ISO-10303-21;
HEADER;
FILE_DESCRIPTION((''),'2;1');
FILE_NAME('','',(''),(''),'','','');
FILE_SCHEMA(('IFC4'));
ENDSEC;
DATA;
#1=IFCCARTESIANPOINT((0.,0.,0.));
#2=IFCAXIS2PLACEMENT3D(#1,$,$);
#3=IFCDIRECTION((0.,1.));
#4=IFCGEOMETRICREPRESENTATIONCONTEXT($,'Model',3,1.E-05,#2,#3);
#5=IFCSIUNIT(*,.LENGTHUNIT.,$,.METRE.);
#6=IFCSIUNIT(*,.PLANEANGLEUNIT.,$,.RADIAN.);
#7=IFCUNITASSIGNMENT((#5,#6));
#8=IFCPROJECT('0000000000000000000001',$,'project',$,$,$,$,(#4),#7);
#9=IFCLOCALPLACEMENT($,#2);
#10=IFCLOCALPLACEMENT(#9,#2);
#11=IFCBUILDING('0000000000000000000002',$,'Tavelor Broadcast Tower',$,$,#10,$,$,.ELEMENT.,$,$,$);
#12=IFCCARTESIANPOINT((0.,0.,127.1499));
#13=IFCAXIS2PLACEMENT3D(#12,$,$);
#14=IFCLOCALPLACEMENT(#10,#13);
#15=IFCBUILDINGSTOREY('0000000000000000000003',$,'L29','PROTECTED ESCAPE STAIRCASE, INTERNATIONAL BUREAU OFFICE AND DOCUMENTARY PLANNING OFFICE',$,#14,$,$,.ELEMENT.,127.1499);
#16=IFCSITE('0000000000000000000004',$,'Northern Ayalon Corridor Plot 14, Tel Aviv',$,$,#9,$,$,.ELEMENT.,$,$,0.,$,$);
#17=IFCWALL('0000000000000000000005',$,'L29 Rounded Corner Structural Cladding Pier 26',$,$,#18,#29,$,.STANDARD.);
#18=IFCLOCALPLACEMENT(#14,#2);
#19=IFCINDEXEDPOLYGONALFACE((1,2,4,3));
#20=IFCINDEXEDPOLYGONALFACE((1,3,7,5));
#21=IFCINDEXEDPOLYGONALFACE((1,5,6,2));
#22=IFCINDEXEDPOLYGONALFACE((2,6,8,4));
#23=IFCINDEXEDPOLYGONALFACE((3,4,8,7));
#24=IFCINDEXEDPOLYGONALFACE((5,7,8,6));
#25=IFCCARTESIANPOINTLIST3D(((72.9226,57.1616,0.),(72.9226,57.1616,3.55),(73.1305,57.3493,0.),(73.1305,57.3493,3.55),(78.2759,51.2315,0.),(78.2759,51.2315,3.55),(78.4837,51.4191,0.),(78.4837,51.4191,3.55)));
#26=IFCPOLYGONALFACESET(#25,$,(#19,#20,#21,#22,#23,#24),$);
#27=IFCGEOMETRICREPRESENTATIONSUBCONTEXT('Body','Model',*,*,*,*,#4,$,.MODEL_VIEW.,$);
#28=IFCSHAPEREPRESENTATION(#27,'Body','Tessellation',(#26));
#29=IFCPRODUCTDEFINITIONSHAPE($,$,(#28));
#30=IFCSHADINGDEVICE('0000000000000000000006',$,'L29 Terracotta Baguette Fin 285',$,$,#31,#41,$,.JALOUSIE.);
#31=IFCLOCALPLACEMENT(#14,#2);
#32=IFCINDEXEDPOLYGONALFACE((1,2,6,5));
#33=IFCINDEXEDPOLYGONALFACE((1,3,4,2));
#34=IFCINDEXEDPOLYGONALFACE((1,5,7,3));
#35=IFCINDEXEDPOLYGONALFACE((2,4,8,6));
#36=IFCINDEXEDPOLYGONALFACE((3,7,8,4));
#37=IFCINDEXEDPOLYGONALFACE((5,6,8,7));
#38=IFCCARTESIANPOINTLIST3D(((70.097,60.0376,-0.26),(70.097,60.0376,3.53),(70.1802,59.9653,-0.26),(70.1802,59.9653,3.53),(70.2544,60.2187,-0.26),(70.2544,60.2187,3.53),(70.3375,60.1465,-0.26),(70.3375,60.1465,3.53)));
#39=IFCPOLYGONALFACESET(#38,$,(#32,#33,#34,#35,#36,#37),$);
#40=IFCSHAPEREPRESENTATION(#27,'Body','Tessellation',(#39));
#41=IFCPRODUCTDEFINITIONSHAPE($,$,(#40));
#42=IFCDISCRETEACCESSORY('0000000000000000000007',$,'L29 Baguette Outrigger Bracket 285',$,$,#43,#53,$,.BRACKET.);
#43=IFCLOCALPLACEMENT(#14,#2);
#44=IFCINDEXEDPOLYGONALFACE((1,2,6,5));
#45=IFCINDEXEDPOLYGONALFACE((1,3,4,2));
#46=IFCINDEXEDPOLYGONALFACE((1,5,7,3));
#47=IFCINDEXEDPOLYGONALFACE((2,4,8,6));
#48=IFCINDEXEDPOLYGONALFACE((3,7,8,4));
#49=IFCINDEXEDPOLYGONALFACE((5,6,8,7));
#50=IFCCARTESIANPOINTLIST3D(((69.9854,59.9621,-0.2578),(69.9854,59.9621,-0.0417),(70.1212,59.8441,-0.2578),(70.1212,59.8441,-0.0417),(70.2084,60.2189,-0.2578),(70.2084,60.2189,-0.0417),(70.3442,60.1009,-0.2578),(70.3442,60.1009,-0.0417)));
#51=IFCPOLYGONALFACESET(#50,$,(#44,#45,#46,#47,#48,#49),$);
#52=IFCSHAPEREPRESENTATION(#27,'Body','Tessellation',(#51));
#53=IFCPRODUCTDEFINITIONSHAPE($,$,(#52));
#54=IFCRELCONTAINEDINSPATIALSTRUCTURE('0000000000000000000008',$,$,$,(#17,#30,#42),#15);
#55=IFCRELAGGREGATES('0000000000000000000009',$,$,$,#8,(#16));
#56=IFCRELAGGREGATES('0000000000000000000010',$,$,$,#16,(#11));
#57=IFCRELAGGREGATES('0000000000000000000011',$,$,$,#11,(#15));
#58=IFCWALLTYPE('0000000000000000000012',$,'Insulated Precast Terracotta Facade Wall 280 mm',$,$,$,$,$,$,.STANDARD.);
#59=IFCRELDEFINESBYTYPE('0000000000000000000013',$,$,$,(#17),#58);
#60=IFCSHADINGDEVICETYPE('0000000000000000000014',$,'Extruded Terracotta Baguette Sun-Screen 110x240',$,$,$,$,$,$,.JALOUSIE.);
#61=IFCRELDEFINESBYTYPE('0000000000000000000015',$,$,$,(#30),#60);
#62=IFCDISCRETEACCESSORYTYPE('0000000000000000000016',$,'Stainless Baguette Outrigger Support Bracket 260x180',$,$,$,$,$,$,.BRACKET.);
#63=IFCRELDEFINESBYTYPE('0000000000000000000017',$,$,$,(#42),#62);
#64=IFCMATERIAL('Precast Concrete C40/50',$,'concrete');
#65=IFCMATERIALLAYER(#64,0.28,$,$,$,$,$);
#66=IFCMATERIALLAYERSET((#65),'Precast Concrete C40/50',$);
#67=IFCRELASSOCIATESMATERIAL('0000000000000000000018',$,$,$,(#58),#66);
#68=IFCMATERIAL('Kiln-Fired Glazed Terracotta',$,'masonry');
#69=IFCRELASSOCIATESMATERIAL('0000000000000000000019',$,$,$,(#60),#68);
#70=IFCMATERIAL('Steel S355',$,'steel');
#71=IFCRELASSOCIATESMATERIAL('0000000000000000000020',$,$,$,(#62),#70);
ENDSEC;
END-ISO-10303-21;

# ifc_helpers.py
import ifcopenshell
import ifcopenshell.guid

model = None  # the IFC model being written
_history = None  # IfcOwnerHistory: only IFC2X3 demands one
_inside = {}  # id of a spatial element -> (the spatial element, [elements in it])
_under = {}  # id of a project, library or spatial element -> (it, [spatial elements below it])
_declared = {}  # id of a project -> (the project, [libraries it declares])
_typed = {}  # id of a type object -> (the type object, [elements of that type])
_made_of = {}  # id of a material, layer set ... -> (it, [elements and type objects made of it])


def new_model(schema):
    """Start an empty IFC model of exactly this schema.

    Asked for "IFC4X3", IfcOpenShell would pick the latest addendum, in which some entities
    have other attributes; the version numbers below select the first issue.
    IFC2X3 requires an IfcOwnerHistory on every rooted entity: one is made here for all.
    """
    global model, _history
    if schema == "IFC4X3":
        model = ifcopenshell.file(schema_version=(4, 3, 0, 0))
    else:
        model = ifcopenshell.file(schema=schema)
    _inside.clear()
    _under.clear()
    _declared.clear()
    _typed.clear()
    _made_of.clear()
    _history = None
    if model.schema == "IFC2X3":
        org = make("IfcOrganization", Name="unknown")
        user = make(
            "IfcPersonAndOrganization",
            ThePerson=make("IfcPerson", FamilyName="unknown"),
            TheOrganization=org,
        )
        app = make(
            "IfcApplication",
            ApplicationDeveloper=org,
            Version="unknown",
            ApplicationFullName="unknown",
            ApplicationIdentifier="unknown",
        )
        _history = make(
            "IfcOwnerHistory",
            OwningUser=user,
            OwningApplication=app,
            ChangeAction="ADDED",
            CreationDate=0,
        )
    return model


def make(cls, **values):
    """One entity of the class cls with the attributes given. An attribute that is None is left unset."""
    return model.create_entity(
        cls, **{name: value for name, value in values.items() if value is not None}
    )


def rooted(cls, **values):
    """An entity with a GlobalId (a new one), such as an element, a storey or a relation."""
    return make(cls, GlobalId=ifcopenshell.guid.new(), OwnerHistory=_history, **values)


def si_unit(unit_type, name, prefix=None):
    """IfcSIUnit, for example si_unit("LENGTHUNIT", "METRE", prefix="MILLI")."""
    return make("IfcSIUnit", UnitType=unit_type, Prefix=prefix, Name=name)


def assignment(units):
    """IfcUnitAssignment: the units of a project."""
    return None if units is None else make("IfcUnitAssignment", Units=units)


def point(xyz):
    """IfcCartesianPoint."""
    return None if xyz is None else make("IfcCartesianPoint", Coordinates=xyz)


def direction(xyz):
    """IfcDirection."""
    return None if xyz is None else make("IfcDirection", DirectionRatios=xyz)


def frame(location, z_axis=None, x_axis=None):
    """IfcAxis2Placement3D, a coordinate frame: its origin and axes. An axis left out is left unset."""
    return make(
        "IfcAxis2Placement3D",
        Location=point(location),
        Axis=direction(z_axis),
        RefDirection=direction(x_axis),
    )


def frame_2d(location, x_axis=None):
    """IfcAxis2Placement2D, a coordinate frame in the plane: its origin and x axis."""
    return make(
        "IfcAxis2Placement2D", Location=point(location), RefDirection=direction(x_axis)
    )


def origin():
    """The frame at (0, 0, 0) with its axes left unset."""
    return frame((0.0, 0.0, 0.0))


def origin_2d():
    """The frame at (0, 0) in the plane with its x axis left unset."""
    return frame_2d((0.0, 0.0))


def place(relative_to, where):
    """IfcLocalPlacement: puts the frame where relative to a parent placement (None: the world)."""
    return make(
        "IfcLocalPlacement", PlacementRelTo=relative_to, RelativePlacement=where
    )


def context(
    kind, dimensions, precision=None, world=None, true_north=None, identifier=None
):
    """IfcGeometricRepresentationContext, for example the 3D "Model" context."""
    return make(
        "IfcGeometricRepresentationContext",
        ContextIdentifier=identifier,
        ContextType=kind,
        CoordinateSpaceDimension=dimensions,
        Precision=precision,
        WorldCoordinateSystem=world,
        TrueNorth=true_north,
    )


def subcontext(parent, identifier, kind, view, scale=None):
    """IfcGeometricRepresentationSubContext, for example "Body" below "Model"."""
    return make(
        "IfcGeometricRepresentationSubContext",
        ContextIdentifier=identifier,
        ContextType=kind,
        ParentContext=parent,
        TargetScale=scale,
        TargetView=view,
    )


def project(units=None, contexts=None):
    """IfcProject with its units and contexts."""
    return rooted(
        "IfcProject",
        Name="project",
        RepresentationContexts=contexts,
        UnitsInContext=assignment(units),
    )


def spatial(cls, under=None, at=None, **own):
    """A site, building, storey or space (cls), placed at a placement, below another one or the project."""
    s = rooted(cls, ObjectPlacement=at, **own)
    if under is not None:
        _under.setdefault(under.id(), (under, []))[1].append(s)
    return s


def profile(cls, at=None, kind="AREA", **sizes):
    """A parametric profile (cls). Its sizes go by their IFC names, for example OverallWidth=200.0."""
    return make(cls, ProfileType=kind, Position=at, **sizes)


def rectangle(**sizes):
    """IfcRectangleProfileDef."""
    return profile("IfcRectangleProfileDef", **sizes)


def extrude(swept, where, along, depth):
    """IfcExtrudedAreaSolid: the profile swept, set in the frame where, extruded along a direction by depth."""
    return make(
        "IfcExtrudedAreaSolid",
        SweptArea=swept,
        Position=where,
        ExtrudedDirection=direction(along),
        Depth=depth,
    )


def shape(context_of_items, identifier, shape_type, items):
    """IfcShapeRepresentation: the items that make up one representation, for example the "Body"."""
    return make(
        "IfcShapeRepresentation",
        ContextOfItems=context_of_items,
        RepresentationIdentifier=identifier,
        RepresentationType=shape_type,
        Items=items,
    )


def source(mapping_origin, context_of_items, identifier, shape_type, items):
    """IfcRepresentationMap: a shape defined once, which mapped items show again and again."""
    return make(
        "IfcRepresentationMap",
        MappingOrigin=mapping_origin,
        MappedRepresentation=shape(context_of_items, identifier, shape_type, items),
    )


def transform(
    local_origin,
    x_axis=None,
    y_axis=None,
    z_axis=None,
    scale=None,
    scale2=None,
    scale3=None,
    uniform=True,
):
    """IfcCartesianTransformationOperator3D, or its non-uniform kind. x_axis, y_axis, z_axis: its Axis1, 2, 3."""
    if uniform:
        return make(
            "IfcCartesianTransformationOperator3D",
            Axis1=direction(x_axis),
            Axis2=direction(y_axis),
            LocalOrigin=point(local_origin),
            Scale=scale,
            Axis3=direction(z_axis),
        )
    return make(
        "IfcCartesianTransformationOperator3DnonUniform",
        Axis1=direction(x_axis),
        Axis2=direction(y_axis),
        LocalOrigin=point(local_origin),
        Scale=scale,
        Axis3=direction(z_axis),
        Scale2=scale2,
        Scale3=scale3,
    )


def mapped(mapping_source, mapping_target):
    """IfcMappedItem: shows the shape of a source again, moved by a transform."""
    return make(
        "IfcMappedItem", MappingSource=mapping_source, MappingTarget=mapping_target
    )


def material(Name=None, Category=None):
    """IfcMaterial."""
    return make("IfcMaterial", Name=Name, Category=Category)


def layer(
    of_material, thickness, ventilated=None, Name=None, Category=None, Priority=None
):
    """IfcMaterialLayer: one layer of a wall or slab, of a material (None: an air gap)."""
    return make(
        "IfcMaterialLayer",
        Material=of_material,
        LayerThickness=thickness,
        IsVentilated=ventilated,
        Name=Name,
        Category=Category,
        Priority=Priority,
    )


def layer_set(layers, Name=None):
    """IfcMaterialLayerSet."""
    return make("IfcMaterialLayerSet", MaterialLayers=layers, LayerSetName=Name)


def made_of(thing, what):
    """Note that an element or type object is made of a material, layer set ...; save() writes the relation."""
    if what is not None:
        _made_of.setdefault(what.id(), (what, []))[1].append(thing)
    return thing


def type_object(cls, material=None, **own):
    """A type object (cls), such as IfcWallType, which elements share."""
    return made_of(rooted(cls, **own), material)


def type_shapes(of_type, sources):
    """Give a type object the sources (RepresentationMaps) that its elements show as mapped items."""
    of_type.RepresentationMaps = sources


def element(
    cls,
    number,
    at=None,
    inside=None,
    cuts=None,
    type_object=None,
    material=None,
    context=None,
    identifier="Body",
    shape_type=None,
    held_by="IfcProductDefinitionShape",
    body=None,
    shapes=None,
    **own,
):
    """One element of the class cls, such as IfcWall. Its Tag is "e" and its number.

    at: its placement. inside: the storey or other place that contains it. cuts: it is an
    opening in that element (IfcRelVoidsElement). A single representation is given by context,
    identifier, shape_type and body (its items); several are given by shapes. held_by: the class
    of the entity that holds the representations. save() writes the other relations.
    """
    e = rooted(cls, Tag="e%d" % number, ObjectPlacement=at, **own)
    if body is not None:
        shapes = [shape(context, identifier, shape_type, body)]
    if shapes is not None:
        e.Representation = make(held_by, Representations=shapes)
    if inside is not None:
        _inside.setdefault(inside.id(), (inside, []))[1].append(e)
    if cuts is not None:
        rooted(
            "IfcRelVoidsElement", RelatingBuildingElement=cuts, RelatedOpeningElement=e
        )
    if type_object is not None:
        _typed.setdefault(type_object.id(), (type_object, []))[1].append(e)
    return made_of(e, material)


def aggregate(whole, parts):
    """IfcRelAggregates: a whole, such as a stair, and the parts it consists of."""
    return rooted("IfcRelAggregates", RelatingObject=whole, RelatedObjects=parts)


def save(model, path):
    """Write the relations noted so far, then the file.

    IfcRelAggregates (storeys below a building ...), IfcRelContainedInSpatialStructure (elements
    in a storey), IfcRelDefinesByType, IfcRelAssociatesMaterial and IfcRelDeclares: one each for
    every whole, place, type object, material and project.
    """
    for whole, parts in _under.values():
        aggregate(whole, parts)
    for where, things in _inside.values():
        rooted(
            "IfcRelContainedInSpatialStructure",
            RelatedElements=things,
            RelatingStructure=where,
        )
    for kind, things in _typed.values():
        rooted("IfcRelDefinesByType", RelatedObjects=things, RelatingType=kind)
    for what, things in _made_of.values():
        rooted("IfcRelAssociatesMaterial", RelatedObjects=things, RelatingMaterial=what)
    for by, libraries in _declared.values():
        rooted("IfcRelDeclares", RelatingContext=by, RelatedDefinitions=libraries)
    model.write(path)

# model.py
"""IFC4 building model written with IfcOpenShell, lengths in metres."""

from ifc_helpers import new_model, si_unit, direction, frame, frame_2d, origin, origin_2d, place, context, subcontext, project, spatial, rectangle, extrude, source, transform, mapped, material, layer, layer_set, type_object, type_shapes, element, save


model = new_model("IFC4")

# Units and contexts
model_context = context("Model", 3, precision=1e-05, world=origin(), true_north=direction((0.0, 1.0)))
body_context = subcontext(model_context, "Body", "Model", "MODEL_VIEW")
ifc_project = project(units=[si_unit("LENGTHUNIT", "METRE"), si_unit("PLANEANGLEUNIT", "RADIAN")], contexts=[model_context])

# Site, building, storey
site_placement = place(None, origin())
site = spatial("IfcSite", under=ifc_project, at=site_placement, Name="Northern Ayalon Corridor Plot 14, Tel Aviv", CompositionType="ELEMENT", RefElevation=0.0)
building_placement = place(site_placement, origin())
building = spatial("IfcBuilding", under=site, at=building_placement, Name="Tavelor Broadcast Tower", CompositionType="ELEMENT")
storey_placement = place(building_placement, frame((0.0, 0.0, 127.1499)))
storey = spatial("IfcBuildingStorey", under=building, at=storey_placement, Name="L29", Description="PROTECTED ESCAPE STAIRCASE, INTERNATIONAL BUREAU OFFICE AND DOCUMENTARY PLANNING OFFICE", CompositionType="ELEMENT", Elevation=127.1499)

# Shared definitions
ifc_material_1 = material(Name="Steel S355", Category="steel")

# Wall
ifc_material_2 = material(Name="Precast Concrete C40/50", Category="concrete")
ifc_layer_1 = layer(ifc_material_2, 0.28)
ifc_layer_set_1 = layer_set([ifc_layer_1], Name="Precast Concrete C40/50")
wall_type = type_object("IfcWallType", Name="Insulated Precast Terracotta Facade Wall 280 mm", PredefinedType="STANDARD", material=ifc_layer_set_1)
wall_1_placement = place(storey_placement, frame((78.3799, 51.3252, 0.0), z_axis=(0.0, 0.0, 1.0), x_axis=(-0.670078, 0.74229, 0.0)))
element("IfcWall", 1, at=wall_1_placement, inside=storey, type_object=wall_type, Name="L29 Rounded Corner Structural Cladding Pier 26", PredefinedType="STANDARD", context=body_context, shape_type="SweptSolid", body=[
    extrude(rectangle(XDim=7.989, YDim=0.28, at=frame_2d((3.9946, 0.0))), origin(), (0.0, 0.0, 1.0), 3.55),
])

# Shading device
ifc_material_3 = material(Name="Kiln-Fired Glazed Terracotta", Category="masonry")
shading_device_type = type_object("IfcShadingDeviceType", Name="Extruded Terracotta Baguette Sun-Screen 110x240", PredefinedType="JALOUSIE", material=ifc_material_3)
shared_shape_1 = source(origin(), body_context, "Body", "SweptSolid", [
    extrude(rectangle(XDim=0.1101, YDim=0.24, at=origin_2d()), origin(), (0.0, 0.0, 1.0), 3.79),
])
type_shapes(shading_device_type, [shared_shape_1])
shading_device_placement = place(storey_placement, frame((70.2173, 60.092, -0.26), z_axis=(0.0, 0.0, 1.0), x_axis=(-0.754939, 0.655796, 0.0)))
element("IfcShadingDevice", 2, at=shading_device_placement, inside=storey, type_object=shading_device_type, Name="L29 Terracotta Baguette Fin 285", PredefinedType="JALOUSIE", context=body_context, shape_type="MappedRepresentation", body=[
    mapped(shared_shape_1, transform((0.0, 0.0, 0.0), scale=1.0)),
])

# Discrete accessory
discrete_accessory_type = type_object("IfcDiscreteAccessoryType", Name="Stainless Baguette Outrigger Support Bracket 260x180", PredefinedType="BRACKET", material=ifc_material_1)
shared_shape_2 = source(origin(), body_context, "Body", "SweptSolid", [
    extrude(rectangle(XDim=0.1799, YDim=0.3401, at=origin_2d()), origin(), (0.0, 0.0, 1.0), 0.2161),
])
type_shapes(discrete_accessory_type, [shared_shape_2])
discrete_accessory_placement = place(storey_placement, frame((70.1648, 60.0315, -0.2578), z_axis=(0.0, 0.0, 1.0), x_axis=(-0.754939, 0.655796, 0.0)))
element("IfcDiscreteAccessory", 3, at=discrete_accessory_placement, inside=storey, type_object=discrete_accessory_type, Name="L29 Baguette Outrigger Bracket 285", PredefinedType="BRACKET", context=body_context, shape_type="MappedRepresentation", body=[
    mapped(shared_shape_2, transform((0.0, 0.0, 0.0), scale=1.0)),
])

save(model, "model.ifc")
